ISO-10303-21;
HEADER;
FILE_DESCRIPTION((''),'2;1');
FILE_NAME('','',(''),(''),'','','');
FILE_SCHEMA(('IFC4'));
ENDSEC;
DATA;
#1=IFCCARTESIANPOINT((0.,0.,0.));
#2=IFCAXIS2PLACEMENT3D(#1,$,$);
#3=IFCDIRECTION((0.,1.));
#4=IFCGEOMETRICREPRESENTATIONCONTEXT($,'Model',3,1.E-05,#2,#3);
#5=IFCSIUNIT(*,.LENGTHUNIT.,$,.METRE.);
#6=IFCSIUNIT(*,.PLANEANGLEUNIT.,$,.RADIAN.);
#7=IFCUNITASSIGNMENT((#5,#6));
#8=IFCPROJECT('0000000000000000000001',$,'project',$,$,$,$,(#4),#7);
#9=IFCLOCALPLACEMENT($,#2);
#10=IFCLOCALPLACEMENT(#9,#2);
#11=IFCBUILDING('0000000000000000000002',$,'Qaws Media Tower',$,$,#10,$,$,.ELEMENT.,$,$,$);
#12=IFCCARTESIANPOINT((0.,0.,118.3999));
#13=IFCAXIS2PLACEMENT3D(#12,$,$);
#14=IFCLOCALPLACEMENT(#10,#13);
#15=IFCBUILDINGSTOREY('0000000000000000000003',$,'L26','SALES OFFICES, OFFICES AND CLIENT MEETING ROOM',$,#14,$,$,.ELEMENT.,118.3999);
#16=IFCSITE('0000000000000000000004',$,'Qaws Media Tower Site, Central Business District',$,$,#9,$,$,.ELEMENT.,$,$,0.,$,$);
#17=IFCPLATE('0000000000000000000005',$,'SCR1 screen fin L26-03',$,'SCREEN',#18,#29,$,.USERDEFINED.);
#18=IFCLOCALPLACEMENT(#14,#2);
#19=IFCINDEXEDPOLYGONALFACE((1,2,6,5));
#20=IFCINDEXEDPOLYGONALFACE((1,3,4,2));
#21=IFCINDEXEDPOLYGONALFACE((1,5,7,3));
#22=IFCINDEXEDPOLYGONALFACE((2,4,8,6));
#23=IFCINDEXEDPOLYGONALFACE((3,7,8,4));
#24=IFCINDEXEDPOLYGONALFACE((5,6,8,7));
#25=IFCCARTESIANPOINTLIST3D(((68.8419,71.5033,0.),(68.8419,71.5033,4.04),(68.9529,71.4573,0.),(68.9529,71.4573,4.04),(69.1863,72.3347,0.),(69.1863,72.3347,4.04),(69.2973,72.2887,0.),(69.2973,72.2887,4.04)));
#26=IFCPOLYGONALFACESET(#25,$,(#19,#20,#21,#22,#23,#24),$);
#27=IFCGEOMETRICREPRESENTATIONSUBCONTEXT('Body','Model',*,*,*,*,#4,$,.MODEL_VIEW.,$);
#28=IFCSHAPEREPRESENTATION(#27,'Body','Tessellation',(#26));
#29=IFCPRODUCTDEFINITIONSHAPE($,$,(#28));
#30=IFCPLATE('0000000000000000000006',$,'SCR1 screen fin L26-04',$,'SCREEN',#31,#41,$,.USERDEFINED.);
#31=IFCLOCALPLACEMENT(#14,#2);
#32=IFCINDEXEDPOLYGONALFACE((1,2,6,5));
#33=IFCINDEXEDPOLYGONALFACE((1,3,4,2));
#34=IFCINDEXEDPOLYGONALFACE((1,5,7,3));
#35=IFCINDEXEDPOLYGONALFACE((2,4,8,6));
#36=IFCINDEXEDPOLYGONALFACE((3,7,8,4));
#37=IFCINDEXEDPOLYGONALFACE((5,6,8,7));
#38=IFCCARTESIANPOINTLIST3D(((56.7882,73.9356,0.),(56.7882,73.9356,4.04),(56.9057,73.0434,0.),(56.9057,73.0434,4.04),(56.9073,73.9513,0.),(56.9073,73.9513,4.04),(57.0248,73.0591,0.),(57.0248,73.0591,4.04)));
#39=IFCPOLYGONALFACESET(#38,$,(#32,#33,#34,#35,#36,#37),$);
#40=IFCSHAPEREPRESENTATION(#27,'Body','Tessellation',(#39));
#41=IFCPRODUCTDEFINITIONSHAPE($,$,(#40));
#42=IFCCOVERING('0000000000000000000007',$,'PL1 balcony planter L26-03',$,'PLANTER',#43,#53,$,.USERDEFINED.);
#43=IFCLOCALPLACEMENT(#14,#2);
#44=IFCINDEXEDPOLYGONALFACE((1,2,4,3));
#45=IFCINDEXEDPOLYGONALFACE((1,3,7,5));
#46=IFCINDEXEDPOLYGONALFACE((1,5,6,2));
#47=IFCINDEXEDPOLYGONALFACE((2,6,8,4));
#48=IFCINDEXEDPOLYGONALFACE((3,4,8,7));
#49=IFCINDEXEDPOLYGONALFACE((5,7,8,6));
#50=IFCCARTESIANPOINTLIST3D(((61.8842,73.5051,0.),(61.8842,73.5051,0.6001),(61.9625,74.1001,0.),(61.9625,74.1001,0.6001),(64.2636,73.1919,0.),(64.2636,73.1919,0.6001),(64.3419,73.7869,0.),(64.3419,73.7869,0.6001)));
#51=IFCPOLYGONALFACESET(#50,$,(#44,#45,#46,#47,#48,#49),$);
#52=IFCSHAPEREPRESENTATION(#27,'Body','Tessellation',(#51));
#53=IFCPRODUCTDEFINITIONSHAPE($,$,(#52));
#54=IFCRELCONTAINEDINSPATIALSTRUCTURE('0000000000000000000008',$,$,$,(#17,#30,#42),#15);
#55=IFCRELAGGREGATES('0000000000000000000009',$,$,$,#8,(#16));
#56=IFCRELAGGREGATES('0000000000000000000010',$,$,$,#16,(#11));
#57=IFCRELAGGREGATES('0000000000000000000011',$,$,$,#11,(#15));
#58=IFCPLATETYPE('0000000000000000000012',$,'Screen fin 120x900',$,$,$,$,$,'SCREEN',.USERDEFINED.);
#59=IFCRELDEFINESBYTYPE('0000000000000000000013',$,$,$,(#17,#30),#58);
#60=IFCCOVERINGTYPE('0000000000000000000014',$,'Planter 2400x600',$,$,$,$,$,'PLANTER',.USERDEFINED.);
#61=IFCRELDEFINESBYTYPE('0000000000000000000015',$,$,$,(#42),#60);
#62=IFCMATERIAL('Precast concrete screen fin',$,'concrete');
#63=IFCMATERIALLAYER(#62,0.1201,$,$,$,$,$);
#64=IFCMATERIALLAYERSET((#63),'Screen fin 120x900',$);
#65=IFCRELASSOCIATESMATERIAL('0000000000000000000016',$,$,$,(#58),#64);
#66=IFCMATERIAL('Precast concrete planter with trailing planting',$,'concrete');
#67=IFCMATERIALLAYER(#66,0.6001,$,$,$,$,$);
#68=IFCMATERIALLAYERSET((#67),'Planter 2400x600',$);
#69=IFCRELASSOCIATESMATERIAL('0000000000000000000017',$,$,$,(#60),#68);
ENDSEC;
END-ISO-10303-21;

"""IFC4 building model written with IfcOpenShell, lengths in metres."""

from ifc_helpers import new_model, si_unit, direction, frame, origin, origin_2d, place, context, subcontext, project, spatial, rectangle, extrude, material, layer, layer_set, type_object, element, save


model = new_model("IFC4")

# Units and contexts
model_context = context("Model", 3, precision=1e-05, world=origin(), true_north=direction((0.0, 1.0)))
body_context = subcontext(model_context, "Body", "Model", "MODEL_VIEW")
ifc_project = project(units=[si_unit("LENGTHUNIT", "METRE"), si_unit("PLANEANGLEUNIT", "RADIAN")], contexts=[model_context])

# Site, building, storey
site_placement = place(None, origin())
site = spatial("IfcSite", under=ifc_project, at=site_placement, Name="Qaws Media Tower Site, Central Business District", CompositionType="ELEMENT", RefElevation=0.0)
building_placement = place(site_placement, origin())
building = spatial("IfcBuilding", under=site, at=building_placement, Name="Qaws Media Tower", CompositionType="ELEMENT")
storey_placement = place(building_placement, frame((0.0, 0.0, 118.3999)))
storey = spatial("IfcBuildingStorey", under=building, at=storey_placement, Name="L26", Description="SALES OFFICES, OFFICES AND CLIENT MEETING ROOM", CompositionType="ELEMENT", Elevation=118.3999)

# Plates
ifc_material_1 = material(Name="Precast concrete screen fin", Category="concrete")
ifc_layer_1 = layer(ifc_material_1, 0.1201)
ifc_layer_set_1 = layer_set([ifc_layer_1], Name="Screen fin 120x900")
plate_type_1 = type_object("IfcPlateType", Name="Screen fin 120x900", ElementType="SCREEN", PredefinedType="USERDEFINED", material=ifc_layer_set_1)
for number, where, z_axis, x_axis, name in (
    (1, (69.0696, 71.896, 0.0), (0.0, 0.0, 1.0), (0.382683, 0.92388, 0.0), "SCR1 screen fin L26-03"),
    (2, (56.9065, 73.4973, 0.0), (0.0, 0.0, 1.0), (-0.130526, 0.991445, 0.0), "SCR1 screen fin L26-04"),
):
    element("IfcPlate", number, at=place(storey_placement, frame(where, z_axis=z_axis, x_axis=x_axis)), inside=storey, type_object=plate_type_1, Name=name, ObjectType="SCREEN", PredefinedType="USERDEFINED", context=body_context, shape_type="SweptSolid", body=[
        extrude(rectangle(XDim=0.8999, YDim=0.1201, at=origin_2d()), origin(), (0.0, 0.0, 1.0), 4.04),
    ])

# Covering
ifc_material_2 = material(Name="Precast concrete planter with trailing planting", Category="concrete")
ifc_layer_2 = layer(ifc_material_2, 0.6001)
ifc_layer_set_2 = layer_set([ifc_layer_2], Name="Planter 2400x600")
covering_type = type_object("IfcCoveringType", Name="Planter 2400x600", ElementType="PLANTER", PredefinedType="USERDEFINED", material=ifc_layer_set_2)
covering_placement = place(storey_placement, frame((63.113, 73.646, 0.0), z_axis=(0.0, 0.0, 1.0), x_axis=(-0.991445, 0.130526, 0.0)))
element("IfcCovering", 3, at=covering_placement, inside=storey, type_object=covering_type, Name="PL1 balcony planter L26-03", ObjectType="PLANTER", PredefinedType="USERDEFINED", context=body_context, shape_type="SweptSolid", body=[
    extrude(rectangle(XDim=2.3999, YDim=0.6001, at=origin_2d()), origin(), (0.0, 0.0, 1.0), 0.6001),
])

save(model, "model.ifc")
